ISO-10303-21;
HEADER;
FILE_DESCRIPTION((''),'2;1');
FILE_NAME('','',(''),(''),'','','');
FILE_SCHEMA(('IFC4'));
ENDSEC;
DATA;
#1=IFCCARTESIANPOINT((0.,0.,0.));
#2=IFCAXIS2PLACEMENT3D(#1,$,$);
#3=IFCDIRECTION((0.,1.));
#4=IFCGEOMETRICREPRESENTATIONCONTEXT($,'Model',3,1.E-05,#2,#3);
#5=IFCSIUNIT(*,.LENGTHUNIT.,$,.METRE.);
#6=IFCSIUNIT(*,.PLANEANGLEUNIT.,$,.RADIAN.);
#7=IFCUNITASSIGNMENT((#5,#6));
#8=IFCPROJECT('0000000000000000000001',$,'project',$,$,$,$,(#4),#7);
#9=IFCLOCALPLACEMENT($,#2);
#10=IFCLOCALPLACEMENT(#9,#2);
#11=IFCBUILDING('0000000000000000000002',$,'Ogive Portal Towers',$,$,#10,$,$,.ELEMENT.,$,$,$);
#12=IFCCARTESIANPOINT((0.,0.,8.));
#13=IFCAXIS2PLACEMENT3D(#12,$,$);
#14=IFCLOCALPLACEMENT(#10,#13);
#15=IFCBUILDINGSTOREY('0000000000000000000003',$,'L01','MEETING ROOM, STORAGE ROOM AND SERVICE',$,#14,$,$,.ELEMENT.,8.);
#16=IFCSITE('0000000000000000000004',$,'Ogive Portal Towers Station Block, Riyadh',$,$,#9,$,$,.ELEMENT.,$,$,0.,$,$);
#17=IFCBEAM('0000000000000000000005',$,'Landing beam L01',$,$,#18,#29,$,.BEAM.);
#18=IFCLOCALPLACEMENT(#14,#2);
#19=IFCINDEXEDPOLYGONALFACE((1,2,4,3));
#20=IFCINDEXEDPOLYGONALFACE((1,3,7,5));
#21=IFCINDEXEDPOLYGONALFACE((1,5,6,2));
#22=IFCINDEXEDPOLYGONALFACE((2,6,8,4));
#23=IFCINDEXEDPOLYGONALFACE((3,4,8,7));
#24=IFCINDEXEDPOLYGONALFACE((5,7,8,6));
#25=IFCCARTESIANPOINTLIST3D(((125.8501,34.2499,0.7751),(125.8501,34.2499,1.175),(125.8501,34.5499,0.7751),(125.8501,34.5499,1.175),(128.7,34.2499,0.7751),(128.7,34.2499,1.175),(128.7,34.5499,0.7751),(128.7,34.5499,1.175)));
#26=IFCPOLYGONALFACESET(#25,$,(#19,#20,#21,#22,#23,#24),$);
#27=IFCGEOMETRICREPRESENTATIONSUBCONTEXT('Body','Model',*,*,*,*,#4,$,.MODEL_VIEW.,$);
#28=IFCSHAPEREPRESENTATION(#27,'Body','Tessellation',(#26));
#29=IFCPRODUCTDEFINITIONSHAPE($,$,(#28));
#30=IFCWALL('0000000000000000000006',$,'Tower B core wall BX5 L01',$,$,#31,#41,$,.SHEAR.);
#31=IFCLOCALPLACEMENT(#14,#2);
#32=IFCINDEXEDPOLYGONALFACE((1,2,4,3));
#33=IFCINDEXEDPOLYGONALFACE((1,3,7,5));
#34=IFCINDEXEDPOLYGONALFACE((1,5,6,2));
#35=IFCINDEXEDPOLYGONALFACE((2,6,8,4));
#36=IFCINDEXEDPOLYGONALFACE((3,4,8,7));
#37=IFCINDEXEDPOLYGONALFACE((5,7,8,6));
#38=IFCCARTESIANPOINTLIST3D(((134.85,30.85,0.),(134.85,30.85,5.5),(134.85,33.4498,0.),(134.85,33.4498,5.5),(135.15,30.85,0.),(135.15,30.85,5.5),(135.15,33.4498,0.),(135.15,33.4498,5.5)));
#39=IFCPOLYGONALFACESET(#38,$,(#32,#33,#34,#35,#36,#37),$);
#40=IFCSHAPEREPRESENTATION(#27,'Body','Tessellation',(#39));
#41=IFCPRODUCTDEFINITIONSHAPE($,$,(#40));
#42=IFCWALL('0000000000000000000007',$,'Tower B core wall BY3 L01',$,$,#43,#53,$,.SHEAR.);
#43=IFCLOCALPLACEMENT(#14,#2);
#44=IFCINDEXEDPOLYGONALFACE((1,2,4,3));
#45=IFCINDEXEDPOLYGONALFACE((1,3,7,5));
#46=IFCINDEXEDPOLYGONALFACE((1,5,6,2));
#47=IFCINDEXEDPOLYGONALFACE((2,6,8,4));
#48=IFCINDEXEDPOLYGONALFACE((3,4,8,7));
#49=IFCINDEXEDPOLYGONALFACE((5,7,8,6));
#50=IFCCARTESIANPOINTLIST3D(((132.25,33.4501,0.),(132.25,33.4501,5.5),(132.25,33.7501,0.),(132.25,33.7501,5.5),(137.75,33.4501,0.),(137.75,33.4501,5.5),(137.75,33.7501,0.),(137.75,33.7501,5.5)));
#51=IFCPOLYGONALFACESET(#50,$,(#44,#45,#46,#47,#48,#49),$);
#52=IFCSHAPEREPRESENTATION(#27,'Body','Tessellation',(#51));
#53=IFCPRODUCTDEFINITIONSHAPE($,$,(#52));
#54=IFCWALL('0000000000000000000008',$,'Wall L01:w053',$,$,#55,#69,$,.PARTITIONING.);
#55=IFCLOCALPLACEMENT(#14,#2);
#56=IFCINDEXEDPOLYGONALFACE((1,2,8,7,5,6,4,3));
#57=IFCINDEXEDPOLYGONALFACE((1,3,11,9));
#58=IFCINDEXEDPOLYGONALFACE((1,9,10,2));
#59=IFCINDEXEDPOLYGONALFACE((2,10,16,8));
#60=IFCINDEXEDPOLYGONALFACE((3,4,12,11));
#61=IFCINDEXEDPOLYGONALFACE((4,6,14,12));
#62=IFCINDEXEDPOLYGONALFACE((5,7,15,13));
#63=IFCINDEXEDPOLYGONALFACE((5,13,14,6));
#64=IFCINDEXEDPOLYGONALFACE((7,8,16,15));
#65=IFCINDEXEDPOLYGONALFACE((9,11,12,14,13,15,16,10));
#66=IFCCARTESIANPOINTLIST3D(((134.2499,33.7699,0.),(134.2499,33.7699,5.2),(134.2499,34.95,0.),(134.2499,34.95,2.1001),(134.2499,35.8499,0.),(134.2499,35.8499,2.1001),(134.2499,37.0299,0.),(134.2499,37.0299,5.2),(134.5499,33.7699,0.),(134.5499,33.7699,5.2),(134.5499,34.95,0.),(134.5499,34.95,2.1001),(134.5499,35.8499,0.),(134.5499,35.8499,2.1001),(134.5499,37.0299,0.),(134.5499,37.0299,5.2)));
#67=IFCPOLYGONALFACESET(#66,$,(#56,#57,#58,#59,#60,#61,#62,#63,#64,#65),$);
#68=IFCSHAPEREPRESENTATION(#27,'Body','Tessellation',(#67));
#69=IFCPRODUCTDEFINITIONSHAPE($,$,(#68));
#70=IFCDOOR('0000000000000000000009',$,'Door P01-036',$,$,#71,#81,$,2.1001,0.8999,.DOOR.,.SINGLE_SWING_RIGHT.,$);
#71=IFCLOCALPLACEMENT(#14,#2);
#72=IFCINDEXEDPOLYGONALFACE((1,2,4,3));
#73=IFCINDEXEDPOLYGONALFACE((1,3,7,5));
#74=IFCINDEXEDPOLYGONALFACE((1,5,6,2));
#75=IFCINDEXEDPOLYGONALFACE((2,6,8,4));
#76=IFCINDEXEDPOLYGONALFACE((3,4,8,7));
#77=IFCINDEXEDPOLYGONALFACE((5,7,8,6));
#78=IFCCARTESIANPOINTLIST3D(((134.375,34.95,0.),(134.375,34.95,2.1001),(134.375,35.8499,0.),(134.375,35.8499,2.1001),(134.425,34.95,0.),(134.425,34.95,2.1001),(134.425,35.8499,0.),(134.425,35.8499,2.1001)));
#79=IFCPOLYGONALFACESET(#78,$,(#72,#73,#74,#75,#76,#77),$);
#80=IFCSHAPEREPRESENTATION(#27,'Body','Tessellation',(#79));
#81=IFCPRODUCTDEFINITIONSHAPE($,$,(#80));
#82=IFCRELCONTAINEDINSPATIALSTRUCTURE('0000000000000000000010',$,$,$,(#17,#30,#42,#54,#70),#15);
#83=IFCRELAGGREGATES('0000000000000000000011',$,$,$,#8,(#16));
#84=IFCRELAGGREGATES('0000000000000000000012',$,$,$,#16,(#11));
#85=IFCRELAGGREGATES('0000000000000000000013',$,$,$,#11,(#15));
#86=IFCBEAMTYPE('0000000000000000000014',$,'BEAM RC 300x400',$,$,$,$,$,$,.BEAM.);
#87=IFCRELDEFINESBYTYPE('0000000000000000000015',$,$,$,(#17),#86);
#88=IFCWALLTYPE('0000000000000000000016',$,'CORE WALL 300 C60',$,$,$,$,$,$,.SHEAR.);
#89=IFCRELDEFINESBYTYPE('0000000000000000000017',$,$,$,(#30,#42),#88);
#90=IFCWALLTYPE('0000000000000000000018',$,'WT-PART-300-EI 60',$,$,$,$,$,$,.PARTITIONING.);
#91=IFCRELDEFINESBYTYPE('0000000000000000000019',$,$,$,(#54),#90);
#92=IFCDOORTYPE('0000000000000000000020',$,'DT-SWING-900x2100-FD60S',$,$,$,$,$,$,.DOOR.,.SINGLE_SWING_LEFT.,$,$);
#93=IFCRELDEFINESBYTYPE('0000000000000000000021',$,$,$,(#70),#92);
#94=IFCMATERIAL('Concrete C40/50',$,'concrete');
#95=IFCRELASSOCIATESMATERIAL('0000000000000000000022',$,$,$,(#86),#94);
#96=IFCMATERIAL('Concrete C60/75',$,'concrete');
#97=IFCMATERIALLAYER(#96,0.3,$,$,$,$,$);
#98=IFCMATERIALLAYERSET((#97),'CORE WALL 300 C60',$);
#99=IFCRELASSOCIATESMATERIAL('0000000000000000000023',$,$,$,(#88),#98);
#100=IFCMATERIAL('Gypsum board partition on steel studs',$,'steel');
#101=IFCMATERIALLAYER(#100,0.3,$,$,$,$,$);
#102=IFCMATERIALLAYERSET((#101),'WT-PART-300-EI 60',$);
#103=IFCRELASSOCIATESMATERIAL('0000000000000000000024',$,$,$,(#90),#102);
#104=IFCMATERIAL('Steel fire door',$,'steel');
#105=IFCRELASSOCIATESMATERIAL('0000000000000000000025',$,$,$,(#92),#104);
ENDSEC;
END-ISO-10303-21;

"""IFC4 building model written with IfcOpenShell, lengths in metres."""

from ifc_helpers import new_model, si_unit, direction, frame, frame_2d, origin, origin_2d, place, context, subcontext, project, spatial, rectangle, extrude, material, layer, layer_set, material_profile, profile_set, type_object, element, fill, save


model = new_model("IFC4")

# Units and contexts
model_context = context("Model", 3, precision=1e-05, world=origin(), true_north=direction((0.0, 1.0)))
body_context = subcontext(model_context, "Body", "Model", "MODEL_VIEW")
ifc_project = project(units=[si_unit("LENGTHUNIT", "METRE"), si_unit("PLANEANGLEUNIT", "RADIAN")], contexts=[model_context])

# Site, building, storey
site_placement = place(None, origin())
site = spatial("IfcSite", under=ifc_project, at=site_placement, Name="Ogive Portal Towers Station Block, Riyadh", CompositionType="ELEMENT", RefElevation=0.0)
building_placement = place(site_placement, origin())
building = spatial("IfcBuilding", under=site, at=building_placement, Name="Ogive Portal Towers", CompositionType="ELEMENT")
storey_placement = place(building_placement, frame((0.0, 0.0, 8.0)))
storey = spatial("IfcBuildingStorey", under=building, at=storey_placement, Name="L01", Description="MEETING ROOM, STORAGE ROOM AND SERVICE", CompositionType="ELEMENT", Elevation=8.0)

# Beam
ifc_material_1 = material(Name="Concrete C40/50", Category="concrete")
ifc_material_profile = material_profile(ifc_material_1, rectangle(XDim=0.3, YDim=0.3999, at=origin_2d()), Name="RC 300x400")
ifc_profile_set = profile_set([ifc_material_profile], Name="Concrete C40/50")
beam_type = type_object("IfcBeamType", Name="BEAM RC 300x400", PredefinedType="BEAM", material=ifc_profile_set)
beam_placement = place(storey_placement, frame((125.8501, 34.3999, 0.9751), z_axis=(1.0, 0.0, 0.0), x_axis=(0.0, 1.0, 0.0)))
element("IfcBeam", 1, at=beam_placement, inside=storey, type_object=beam_type, Name="Landing beam L01", PredefinedType="BEAM", context=body_context, shape_type="SweptSolid", body=[
    extrude(rectangle(XDim=0.3, YDim=0.3999, at=origin_2d()), origin(), (0.0, 0.0, 1.0), 2.8499),
])

# Walls
ifc_material_2 = material(Name="Concrete C60/75", Category="concrete")
ifc_layer_1 = layer(ifc_material_2, 0.3)
ifc_layer_set_1 = layer_set([ifc_layer_1], Name="CORE WALL 300 C60")
wall_type_1 = type_object("IfcWallType", Name="CORE WALL 300 C60", PredefinedType="SHEAR", material=ifc_layer_set_1)
wall_1_placement = place(storey_placement, frame((135.0, 30.8501, 0.0), z_axis=(0.0, 0.0, 1.0), x_axis=(0.0, 1.0, 0.0)))
element("IfcWall", 2, at=wall_1_placement, inside=storey, type_object=wall_type_1, Name="Tower B core wall BX5 L01", PredefinedType="SHEAR", context=body_context, shape_type="SweptSolid", body=[
    extrude(rectangle(XDim=2.5999, YDim=0.3, at=frame_2d((1.2998, 0.0))), origin(), (0.0, 0.0, 1.0), 5.5),
])
wall_2_placement = place(storey_placement, frame((132.25, 33.6001, 0.0), z_axis=(0.0, 0.0, 1.0), x_axis=(1.0, 0.0, 0.0)))
element("IfcWall", 3, at=wall_2_placement, inside=storey, type_object=wall_type_1, Name="Tower B core wall BY3 L01", PredefinedType="SHEAR", context=body_context, shape_type="SweptSolid", body=[
    extrude(rectangle(XDim=5.5, YDim=0.3, at=frame_2d((2.75, 0.0))), origin(), (0.0, 0.0, 1.0), 5.5),
])

# Wall, opening, door
ifc_material_3 = material(Name="Gypsum board partition on steel studs", Category="steel")
ifc_layer_2 = layer(ifc_material_3, 0.3)
ifc_layer_set_2 = layer_set([ifc_layer_2], Name="WT-PART-300-EI 60")
wall_type_2 = type_object("IfcWallType", Name="WT-PART-300-EI 60", PredefinedType="PARTITIONING", material=ifc_layer_set_2)
wall_3_placement = place(storey_placement, frame((134.3999, 33.77, 0.0), z_axis=(0.0, 0.0, 1.0), x_axis=(0.0, 1.0, 0.0)))
wall_3 = element("IfcWall", 4, at=wall_3_placement, inside=storey, type_object=wall_type_2, Name="Wall L01:w053", PredefinedType="PARTITIONING", context=body_context, shape_type="SweptSolid", body=[
    extrude(rectangle(XDim=3.26, YDim=0.3, at=frame_2d((1.6299, 0.0))), origin(), (0.0, 0.0, 1.0), 5.2),
])
opening_1_placement = place(wall_3_placement, frame((1.1799, 0.0, 0.0)))
opening_1 = element("IfcOpeningElement", 5, at=opening_1_placement, cuts=wall_3, PredefinedType="OPENING", context=body_context, shape_type="SweptSolid", body=[
    extrude(rectangle(XDim=0.8999, YDim=2.1001, at=frame_2d((0.45, 1.05))), frame((0.0, 0.1602, 0.0), z_axis=(0.0, -1.0, 0.0), x_axis=(1.0, 0.0, 0.0)), (0.0, 0.0, 1.0), 0.3201),
])
ifc_material_4 = material(Name="Steel fire door", Category="steel")
door_type_1 = type_object("IfcDoorType", Name="DT-SWING-900x2100-FD60S", OperationType="SINGLE_SWING_LEFT", PredefinedType="DOOR", material=ifc_material_4)
door_1_placement = place(opening_1_placement, origin())
door_1 = element("IfcDoor", 6, at=door_1_placement, inside=storey, type_object=door_type_1, Name="Door P01-036", OperationType="SINGLE_SWING_RIGHT", OverallHeight=2.1001, OverallWidth=0.8999, PredefinedType="DOOR", context=body_context, shape_type="SweptSolid", body=[
    extrude(rectangle(XDim=0.8999, YDim=2.1001, at=frame_2d((0.45, 1.05))), frame((0.0, 0.0249, 0.0), z_axis=(0.0, -1.0, 0.0), x_axis=(1.0, 0.0, 0.0)), (0.0, 0.0, 1.0), 0.05),
])
fill(opening_1, door_1)

save(model, "model.ifc")
